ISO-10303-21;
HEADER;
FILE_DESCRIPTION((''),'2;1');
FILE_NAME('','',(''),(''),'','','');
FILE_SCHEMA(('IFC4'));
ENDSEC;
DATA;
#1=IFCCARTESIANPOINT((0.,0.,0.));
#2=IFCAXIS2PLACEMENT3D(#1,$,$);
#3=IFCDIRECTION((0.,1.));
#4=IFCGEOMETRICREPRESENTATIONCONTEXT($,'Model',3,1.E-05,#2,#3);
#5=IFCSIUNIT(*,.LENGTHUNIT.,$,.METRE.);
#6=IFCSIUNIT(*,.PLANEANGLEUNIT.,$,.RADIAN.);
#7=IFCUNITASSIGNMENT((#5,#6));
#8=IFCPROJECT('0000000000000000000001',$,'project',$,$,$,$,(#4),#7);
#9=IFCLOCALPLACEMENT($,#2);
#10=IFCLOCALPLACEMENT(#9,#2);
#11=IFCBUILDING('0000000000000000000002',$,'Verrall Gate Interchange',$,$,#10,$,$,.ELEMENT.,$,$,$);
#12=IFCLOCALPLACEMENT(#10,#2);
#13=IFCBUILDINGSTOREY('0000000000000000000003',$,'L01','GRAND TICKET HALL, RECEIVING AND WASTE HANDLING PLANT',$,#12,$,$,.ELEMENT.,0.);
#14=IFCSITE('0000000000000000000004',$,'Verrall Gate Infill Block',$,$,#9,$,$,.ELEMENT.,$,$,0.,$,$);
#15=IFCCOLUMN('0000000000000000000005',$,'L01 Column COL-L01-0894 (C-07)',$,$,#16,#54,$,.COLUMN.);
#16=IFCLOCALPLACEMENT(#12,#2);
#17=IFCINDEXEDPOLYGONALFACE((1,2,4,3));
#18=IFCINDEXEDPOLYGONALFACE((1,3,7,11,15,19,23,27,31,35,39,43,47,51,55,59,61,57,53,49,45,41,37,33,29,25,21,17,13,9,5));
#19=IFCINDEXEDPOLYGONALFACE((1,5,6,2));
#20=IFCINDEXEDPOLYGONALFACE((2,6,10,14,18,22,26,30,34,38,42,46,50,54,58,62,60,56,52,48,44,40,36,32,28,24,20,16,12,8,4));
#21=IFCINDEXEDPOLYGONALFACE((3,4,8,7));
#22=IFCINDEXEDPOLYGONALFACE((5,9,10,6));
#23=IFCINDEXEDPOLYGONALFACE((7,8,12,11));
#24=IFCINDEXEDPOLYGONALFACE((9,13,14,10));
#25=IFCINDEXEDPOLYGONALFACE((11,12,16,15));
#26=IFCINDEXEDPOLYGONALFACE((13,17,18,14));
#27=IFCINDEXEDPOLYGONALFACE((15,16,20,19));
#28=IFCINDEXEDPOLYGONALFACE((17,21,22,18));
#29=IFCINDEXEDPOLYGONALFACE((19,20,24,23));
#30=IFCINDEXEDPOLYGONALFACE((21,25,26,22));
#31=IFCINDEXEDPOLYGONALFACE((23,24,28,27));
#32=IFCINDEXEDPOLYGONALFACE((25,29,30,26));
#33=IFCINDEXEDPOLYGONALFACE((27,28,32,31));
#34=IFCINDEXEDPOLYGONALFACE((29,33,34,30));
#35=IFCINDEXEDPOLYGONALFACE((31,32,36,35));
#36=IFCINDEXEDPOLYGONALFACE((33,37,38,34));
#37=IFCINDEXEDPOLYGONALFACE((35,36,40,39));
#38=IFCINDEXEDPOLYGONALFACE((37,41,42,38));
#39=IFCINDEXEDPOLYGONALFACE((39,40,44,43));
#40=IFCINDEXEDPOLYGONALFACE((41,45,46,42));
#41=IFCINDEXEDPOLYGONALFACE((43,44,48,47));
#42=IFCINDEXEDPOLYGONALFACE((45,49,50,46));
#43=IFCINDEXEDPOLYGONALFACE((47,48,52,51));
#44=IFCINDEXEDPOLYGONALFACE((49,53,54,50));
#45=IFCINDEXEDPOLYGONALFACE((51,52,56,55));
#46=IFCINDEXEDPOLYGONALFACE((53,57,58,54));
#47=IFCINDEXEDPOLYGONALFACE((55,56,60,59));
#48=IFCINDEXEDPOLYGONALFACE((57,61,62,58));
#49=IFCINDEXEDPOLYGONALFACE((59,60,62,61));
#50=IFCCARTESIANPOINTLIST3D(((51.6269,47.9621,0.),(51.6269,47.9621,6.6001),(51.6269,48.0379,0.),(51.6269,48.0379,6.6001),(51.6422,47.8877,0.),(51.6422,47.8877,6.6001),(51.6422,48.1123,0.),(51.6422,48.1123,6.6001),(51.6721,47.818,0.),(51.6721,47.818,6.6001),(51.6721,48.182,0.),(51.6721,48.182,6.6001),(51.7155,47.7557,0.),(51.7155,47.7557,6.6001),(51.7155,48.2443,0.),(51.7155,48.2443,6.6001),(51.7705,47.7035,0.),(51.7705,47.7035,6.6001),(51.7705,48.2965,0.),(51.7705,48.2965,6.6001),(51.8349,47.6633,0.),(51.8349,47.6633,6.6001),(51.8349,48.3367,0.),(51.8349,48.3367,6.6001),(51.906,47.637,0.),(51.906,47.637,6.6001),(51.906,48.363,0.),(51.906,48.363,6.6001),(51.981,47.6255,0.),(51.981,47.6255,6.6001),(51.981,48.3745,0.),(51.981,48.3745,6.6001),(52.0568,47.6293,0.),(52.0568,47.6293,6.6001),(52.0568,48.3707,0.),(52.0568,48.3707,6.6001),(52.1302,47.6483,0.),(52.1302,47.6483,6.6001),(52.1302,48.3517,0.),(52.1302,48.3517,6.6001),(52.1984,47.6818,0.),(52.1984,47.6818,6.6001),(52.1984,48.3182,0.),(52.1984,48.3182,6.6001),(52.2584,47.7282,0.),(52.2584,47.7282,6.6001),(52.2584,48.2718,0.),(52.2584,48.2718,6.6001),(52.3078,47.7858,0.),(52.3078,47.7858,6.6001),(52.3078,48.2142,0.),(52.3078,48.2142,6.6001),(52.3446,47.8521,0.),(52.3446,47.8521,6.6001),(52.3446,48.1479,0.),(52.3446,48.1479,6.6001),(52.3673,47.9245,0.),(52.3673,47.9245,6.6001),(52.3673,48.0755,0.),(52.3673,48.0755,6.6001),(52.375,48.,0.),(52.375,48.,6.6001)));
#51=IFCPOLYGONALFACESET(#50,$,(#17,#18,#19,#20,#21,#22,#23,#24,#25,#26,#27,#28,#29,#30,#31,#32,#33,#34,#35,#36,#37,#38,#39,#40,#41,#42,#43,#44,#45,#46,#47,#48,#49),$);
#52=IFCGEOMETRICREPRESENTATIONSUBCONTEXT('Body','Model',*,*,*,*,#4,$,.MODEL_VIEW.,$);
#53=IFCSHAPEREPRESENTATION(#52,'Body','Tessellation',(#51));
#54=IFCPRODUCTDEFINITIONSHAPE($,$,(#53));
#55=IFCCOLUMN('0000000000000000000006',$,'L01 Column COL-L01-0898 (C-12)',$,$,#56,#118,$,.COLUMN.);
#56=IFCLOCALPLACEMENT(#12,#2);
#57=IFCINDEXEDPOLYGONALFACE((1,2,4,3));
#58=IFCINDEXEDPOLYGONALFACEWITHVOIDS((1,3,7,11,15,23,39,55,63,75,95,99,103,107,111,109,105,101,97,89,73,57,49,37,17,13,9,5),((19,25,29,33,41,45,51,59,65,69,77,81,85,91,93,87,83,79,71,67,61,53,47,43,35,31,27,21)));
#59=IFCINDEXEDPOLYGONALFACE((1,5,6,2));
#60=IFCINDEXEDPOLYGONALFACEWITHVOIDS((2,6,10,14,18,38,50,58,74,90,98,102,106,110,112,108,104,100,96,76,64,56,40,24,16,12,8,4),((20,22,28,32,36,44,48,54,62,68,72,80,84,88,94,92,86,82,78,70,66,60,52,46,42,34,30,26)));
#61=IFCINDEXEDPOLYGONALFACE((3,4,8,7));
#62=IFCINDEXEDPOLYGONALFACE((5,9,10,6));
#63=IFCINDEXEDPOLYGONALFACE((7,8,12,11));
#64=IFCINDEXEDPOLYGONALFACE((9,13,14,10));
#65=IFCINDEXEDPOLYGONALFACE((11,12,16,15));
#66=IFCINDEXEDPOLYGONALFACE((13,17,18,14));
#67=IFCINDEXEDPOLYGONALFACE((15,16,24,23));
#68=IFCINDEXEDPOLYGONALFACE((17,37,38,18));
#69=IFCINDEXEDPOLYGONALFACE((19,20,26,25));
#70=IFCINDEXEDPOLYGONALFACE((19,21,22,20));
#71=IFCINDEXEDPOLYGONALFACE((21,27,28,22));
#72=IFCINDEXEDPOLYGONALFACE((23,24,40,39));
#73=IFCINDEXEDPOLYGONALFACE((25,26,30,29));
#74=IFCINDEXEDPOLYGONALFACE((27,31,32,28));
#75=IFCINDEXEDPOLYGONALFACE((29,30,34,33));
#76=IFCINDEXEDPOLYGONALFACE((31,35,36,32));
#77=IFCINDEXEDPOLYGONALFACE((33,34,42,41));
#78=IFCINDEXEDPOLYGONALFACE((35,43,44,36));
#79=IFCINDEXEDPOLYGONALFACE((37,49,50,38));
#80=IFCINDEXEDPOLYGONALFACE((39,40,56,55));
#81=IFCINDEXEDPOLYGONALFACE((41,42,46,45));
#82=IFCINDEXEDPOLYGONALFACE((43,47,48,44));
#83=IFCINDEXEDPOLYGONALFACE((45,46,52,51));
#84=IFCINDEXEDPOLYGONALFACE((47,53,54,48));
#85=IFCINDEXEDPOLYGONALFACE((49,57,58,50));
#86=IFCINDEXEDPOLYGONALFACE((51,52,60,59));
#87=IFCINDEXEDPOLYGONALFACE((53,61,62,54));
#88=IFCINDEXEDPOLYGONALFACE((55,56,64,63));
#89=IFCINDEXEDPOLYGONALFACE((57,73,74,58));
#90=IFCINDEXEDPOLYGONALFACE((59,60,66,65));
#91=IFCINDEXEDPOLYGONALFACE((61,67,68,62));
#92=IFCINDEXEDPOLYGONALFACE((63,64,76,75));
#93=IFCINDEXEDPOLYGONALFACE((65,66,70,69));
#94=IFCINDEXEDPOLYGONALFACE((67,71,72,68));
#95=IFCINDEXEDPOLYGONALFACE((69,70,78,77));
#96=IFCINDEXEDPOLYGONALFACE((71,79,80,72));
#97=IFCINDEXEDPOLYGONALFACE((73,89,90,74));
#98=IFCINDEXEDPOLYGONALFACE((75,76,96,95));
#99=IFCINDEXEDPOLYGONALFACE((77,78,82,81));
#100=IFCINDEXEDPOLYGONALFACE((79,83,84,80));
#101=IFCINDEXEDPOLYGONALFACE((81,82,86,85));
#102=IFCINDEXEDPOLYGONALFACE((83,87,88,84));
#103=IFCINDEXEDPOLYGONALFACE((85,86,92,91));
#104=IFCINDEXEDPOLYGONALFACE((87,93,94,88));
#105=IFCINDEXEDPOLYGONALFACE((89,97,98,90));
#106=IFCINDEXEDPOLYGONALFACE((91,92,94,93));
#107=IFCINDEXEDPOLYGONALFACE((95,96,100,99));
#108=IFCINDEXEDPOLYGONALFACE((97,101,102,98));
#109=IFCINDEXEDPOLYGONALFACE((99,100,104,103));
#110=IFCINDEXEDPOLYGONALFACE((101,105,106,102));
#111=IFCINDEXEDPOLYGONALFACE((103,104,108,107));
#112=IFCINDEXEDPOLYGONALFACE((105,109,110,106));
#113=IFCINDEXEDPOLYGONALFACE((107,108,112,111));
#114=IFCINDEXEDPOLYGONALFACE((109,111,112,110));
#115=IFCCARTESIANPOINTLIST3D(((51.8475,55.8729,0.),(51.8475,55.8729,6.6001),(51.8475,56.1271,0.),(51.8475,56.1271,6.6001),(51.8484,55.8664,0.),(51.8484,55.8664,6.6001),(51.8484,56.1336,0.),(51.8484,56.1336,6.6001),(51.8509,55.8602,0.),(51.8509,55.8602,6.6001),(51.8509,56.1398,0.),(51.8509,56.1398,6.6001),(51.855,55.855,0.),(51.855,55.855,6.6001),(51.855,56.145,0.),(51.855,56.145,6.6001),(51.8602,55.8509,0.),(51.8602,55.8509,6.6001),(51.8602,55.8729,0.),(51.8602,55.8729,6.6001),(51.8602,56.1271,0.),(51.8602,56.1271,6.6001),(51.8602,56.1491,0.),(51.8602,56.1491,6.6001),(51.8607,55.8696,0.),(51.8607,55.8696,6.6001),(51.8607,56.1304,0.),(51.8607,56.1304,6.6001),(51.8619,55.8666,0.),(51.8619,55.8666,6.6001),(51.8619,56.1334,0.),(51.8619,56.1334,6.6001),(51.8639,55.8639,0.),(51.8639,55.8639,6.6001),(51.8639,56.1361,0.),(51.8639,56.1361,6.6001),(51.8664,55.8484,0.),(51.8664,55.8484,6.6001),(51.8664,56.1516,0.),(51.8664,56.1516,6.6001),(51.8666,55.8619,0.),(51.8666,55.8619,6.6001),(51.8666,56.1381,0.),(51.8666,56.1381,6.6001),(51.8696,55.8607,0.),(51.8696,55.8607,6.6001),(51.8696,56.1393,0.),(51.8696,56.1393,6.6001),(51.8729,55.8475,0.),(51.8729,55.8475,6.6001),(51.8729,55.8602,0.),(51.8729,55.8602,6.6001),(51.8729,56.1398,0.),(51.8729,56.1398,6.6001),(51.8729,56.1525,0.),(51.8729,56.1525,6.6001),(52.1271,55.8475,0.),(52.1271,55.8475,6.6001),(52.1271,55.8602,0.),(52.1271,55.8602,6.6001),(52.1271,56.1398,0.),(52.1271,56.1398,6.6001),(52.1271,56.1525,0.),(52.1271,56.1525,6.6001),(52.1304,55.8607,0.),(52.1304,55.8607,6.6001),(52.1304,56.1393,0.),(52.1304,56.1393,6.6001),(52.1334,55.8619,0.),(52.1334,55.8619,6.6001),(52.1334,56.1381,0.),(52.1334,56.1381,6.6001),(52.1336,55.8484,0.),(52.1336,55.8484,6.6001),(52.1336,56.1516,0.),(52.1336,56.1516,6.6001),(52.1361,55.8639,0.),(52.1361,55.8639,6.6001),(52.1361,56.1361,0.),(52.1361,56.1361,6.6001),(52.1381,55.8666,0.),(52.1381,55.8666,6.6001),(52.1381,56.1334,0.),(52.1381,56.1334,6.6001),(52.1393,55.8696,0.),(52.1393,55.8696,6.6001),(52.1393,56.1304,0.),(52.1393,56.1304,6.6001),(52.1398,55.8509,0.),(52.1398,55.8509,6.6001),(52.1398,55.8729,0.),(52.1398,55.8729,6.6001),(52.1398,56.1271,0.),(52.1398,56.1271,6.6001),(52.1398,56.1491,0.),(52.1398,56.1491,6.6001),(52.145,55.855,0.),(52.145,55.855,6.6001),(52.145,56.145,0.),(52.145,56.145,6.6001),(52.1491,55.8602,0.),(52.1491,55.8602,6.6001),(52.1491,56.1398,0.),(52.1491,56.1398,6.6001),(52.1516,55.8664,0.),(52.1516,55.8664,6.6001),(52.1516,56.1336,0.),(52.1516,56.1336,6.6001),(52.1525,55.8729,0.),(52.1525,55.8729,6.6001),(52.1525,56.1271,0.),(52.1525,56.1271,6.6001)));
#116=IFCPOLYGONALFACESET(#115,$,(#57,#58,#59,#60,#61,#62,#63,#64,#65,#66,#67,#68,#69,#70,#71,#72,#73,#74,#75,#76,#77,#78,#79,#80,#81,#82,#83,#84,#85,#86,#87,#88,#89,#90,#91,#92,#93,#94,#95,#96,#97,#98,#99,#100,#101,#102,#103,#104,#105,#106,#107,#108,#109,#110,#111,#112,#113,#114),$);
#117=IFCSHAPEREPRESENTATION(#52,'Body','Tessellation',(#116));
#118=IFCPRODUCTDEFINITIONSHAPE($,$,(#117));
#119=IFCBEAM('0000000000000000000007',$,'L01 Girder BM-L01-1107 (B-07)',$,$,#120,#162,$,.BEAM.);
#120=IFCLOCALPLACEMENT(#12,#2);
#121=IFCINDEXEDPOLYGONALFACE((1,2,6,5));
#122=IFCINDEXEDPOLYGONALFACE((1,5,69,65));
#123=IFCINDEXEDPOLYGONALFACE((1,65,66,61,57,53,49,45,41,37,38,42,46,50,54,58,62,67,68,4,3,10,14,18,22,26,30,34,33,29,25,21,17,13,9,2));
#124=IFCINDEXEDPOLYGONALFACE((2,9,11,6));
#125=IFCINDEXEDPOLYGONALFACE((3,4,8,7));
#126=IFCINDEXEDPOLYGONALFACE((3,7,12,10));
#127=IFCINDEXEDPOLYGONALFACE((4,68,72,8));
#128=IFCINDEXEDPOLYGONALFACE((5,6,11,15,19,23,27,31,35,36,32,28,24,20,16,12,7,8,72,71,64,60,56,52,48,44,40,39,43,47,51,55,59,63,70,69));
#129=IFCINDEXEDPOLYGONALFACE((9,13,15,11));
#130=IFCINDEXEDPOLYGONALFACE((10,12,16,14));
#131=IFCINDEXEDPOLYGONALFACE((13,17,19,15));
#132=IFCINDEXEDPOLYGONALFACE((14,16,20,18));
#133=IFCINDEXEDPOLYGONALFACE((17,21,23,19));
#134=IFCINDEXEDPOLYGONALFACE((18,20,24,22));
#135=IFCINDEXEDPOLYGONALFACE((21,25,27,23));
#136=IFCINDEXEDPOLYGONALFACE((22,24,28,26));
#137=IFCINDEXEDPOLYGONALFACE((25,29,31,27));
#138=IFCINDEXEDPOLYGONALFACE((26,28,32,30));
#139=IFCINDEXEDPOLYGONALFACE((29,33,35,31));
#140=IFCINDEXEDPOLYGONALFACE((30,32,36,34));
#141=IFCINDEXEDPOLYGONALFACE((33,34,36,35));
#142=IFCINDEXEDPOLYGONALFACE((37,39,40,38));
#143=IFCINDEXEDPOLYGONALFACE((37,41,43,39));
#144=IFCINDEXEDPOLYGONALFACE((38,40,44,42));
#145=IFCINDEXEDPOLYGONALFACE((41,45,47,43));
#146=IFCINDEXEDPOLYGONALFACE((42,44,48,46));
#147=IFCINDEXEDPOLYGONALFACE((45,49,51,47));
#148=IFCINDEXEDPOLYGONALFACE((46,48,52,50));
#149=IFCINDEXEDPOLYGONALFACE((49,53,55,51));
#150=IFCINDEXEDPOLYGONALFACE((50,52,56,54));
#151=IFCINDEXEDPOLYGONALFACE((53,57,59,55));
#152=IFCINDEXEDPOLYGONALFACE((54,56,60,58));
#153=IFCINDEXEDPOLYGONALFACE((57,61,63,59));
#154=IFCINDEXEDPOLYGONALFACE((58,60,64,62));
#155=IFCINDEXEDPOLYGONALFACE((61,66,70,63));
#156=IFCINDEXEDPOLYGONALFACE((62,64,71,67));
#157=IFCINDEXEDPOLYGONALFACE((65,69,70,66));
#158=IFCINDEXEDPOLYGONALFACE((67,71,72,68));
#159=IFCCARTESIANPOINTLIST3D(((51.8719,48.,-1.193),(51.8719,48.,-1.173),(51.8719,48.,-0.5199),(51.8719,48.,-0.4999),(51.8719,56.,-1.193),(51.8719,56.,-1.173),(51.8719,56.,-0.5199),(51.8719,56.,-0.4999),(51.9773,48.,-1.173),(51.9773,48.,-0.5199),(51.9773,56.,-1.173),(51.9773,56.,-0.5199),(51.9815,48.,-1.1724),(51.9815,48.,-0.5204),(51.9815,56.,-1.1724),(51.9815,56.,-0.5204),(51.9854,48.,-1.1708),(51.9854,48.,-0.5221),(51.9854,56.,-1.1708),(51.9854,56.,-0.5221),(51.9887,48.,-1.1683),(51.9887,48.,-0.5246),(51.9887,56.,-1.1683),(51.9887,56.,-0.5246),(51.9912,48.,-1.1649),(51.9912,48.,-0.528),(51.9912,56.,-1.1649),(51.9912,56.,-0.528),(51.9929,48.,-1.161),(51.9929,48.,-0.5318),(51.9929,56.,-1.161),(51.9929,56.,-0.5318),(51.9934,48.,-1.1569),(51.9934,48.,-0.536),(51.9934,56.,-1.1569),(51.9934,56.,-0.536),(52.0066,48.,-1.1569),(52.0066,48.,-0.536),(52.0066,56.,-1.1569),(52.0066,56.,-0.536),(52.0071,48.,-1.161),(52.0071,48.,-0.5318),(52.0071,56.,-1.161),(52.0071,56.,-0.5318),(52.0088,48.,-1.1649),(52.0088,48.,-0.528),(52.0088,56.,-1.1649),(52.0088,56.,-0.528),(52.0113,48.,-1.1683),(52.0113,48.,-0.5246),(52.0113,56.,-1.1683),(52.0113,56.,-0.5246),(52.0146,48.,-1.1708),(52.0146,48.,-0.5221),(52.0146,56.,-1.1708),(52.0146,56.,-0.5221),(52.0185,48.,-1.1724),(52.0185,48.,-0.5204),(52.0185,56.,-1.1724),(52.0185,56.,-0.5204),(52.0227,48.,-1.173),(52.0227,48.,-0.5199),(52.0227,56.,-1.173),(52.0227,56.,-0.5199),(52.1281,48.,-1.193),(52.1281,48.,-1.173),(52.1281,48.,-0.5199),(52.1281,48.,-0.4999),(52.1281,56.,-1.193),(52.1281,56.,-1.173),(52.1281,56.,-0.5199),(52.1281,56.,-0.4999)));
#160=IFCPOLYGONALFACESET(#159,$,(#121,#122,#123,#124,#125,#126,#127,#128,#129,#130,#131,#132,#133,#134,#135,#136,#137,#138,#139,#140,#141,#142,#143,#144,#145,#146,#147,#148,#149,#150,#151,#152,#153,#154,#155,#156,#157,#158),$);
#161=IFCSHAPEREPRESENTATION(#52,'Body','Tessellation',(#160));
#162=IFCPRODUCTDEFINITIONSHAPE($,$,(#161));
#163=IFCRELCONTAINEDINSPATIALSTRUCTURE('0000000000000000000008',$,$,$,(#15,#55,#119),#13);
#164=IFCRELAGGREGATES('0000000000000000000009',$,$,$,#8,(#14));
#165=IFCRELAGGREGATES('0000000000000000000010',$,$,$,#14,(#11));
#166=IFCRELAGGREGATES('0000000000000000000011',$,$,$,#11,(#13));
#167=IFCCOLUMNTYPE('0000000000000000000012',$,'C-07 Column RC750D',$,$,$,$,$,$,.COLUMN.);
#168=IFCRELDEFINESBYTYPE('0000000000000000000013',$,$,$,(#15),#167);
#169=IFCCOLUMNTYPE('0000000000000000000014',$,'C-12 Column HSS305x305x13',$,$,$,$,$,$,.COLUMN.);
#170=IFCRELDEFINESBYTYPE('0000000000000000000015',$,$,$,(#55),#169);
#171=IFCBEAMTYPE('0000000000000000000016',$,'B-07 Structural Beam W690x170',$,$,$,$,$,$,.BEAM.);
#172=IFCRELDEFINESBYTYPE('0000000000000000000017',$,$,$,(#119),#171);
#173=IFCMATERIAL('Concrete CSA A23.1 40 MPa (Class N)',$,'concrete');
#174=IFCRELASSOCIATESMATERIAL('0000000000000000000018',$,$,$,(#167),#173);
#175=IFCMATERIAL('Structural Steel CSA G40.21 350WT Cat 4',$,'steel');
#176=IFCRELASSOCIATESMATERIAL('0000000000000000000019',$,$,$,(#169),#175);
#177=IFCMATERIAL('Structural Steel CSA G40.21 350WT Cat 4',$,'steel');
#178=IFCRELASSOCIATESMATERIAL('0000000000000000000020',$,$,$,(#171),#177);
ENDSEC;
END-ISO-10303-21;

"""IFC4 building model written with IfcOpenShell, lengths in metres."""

from ifc_helpers import new_model, si_unit, direction, frame, origin, origin_2d, place, context, subcontext, project, spatial, hollow_rectangle, circle, i_section, extrude, material, material_profile, profile_set, type_object, element, save


model = new_model("IFC4")

# Units and contexts
model_context = context("Model", 3, precision=1e-05, world=origin(), true_north=direction((0.0, 1.0)))
body_context = subcontext(model_context, "Body", "Model", "MODEL_VIEW")
ifc_project = project(units=[si_unit("LENGTHUNIT", "METRE"), si_unit("PLANEANGLEUNIT", "RADIAN")], contexts=[model_context])

# Site, building, storey
site_placement = place(None, origin())
site = spatial("IfcSite", under=ifc_project, at=site_placement, Name="Verrall Gate Infill Block", CompositionType="ELEMENT", RefElevation=0.0)
building_placement = place(site_placement, origin())
building = spatial("IfcBuilding", under=site, at=building_placement, Name="Verrall Gate Interchange", CompositionType="ELEMENT")
storey_placement = place(building_placement, origin())
storey = spatial("IfcBuildingStorey", under=building, at=storey_placement, Name="L01", Description="GRAND TICKET HALL, RECEIVING AND WASTE HANDLING PLANT", CompositionType="ELEMENT", Elevation=0.0)

# Columns
ifc_material_1 = material(Name="Concrete CSA A23.1 40 MPa (Class N)", Category="concrete")
ifc_material_profile_1 = material_profile(ifc_material_1, circle(Radius=0.375, at=origin_2d()), Name="RC750D")
ifc_profile_set_1 = profile_set([ifc_material_profile_1], Name="Concrete CSA A23.1 40 MPa (Class N)")
column_type_1 = type_object("IfcColumnType", Name="C-07 Column RC750D", PredefinedType="COLUMN", material=ifc_profile_set_1)
column_1_placement = place(storey_placement, frame((52.0, 48.0, 0.0), z_axis=(0.0, 0.0, 1.0), x_axis=(1.0, 0.0, 0.0)))
element("IfcColumn", 1, at=column_1_placement, inside=storey, type_object=column_type_1, Name="L01 Column COL-L01-0894 (C-07)", PredefinedType="COLUMN", context=body_context, shape_type="SweptSolid", body=[
    extrude(circle(Radius=0.375, at=origin_2d()), origin(), (0.0, 0.0, 1.0), 6.6001),
])
ifc_material_2 = material(Name="Structural Steel CSA G40.21 350WT Cat 4", Category="steel")
ifc_material_profile_2 = material_profile(ifc_material_2, hollow_rectangle(XDim=0.3049, YDim=0.3049, WallThickness=0.0127, InnerFilletRadius=0.0127, OuterFilletRadius=0.0254, at=origin_2d()), Name="HSS305x305x13")
ifc_profile_set_2 = profile_set([ifc_material_profile_2], Name="Structural Steel CSA G40.21 350WT Cat 4")
column_type_2 = type_object("IfcColumnType", Name="C-12 Column HSS305x305x13", PredefinedType="COLUMN", material=ifc_profile_set_2)
column_2_placement = place(storey_placement, frame((52.0, 56.0, 0.0), z_axis=(0.0, 0.0, 1.0), x_axis=(1.0, 0.0, 0.0)))
element("IfcColumn", 2, at=column_2_placement, inside=storey, type_object=column_type_2, Name="L01 Column COL-L01-0898 (C-12)", PredefinedType="COLUMN", context=body_context, shape_type="SweptSolid", body=[
    extrude(hollow_rectangle(XDim=0.3049, YDim=0.3049, WallThickness=0.0127, InnerFilletRadius=0.0127, OuterFilletRadius=0.0254, at=origin_2d()), origin(), (0.0, 0.0, 1.0), 6.6001),
])

# Beam
ifc_material_3 = material(Name="Structural Steel CSA G40.21 350WT Cat 4", Category="steel")
ifc_material_profile_3 = material_profile(ifc_material_3, i_section(OverallWidth=0.2561, OverallDepth=0.6931, WebThickness=0.0132, FlangeThickness=0.02, FilletRadius=0.0161, at=origin_2d()), Name="W690x170")
ifc_profile_set_3 = profile_set([ifc_material_profile_3], Name="Structural Steel CSA G40.21 350WT Cat 4")
beam_type_1 = type_object("IfcBeamType", Name="B-07 Structural Beam W690x170", PredefinedType="BEAM", material=ifc_profile_set_3)
beam_1_placement = place(storey_placement, frame((52.0, 48.0, -0.8464), z_axis=(0.0, 1.0, 0.0), x_axis=(-1.0, 0.0, 0.0)))
element("IfcBeam", 3, at=beam_1_placement, inside=storey, type_object=beam_type_1, Name="L01 Girder BM-L01-1107 (B-07)", PredefinedType="BEAM", context=body_context, shape_type="SweptSolid", body=[
    extrude(i_section(OverallWidth=0.2561, OverallDepth=0.6931, WebThickness=0.0132, FlangeThickness=0.02, FilletRadius=0.0161, at=origin_2d()), origin(), (0.0, 0.0, 1.0), 8.0),
])

save(model, "model.ifc")
